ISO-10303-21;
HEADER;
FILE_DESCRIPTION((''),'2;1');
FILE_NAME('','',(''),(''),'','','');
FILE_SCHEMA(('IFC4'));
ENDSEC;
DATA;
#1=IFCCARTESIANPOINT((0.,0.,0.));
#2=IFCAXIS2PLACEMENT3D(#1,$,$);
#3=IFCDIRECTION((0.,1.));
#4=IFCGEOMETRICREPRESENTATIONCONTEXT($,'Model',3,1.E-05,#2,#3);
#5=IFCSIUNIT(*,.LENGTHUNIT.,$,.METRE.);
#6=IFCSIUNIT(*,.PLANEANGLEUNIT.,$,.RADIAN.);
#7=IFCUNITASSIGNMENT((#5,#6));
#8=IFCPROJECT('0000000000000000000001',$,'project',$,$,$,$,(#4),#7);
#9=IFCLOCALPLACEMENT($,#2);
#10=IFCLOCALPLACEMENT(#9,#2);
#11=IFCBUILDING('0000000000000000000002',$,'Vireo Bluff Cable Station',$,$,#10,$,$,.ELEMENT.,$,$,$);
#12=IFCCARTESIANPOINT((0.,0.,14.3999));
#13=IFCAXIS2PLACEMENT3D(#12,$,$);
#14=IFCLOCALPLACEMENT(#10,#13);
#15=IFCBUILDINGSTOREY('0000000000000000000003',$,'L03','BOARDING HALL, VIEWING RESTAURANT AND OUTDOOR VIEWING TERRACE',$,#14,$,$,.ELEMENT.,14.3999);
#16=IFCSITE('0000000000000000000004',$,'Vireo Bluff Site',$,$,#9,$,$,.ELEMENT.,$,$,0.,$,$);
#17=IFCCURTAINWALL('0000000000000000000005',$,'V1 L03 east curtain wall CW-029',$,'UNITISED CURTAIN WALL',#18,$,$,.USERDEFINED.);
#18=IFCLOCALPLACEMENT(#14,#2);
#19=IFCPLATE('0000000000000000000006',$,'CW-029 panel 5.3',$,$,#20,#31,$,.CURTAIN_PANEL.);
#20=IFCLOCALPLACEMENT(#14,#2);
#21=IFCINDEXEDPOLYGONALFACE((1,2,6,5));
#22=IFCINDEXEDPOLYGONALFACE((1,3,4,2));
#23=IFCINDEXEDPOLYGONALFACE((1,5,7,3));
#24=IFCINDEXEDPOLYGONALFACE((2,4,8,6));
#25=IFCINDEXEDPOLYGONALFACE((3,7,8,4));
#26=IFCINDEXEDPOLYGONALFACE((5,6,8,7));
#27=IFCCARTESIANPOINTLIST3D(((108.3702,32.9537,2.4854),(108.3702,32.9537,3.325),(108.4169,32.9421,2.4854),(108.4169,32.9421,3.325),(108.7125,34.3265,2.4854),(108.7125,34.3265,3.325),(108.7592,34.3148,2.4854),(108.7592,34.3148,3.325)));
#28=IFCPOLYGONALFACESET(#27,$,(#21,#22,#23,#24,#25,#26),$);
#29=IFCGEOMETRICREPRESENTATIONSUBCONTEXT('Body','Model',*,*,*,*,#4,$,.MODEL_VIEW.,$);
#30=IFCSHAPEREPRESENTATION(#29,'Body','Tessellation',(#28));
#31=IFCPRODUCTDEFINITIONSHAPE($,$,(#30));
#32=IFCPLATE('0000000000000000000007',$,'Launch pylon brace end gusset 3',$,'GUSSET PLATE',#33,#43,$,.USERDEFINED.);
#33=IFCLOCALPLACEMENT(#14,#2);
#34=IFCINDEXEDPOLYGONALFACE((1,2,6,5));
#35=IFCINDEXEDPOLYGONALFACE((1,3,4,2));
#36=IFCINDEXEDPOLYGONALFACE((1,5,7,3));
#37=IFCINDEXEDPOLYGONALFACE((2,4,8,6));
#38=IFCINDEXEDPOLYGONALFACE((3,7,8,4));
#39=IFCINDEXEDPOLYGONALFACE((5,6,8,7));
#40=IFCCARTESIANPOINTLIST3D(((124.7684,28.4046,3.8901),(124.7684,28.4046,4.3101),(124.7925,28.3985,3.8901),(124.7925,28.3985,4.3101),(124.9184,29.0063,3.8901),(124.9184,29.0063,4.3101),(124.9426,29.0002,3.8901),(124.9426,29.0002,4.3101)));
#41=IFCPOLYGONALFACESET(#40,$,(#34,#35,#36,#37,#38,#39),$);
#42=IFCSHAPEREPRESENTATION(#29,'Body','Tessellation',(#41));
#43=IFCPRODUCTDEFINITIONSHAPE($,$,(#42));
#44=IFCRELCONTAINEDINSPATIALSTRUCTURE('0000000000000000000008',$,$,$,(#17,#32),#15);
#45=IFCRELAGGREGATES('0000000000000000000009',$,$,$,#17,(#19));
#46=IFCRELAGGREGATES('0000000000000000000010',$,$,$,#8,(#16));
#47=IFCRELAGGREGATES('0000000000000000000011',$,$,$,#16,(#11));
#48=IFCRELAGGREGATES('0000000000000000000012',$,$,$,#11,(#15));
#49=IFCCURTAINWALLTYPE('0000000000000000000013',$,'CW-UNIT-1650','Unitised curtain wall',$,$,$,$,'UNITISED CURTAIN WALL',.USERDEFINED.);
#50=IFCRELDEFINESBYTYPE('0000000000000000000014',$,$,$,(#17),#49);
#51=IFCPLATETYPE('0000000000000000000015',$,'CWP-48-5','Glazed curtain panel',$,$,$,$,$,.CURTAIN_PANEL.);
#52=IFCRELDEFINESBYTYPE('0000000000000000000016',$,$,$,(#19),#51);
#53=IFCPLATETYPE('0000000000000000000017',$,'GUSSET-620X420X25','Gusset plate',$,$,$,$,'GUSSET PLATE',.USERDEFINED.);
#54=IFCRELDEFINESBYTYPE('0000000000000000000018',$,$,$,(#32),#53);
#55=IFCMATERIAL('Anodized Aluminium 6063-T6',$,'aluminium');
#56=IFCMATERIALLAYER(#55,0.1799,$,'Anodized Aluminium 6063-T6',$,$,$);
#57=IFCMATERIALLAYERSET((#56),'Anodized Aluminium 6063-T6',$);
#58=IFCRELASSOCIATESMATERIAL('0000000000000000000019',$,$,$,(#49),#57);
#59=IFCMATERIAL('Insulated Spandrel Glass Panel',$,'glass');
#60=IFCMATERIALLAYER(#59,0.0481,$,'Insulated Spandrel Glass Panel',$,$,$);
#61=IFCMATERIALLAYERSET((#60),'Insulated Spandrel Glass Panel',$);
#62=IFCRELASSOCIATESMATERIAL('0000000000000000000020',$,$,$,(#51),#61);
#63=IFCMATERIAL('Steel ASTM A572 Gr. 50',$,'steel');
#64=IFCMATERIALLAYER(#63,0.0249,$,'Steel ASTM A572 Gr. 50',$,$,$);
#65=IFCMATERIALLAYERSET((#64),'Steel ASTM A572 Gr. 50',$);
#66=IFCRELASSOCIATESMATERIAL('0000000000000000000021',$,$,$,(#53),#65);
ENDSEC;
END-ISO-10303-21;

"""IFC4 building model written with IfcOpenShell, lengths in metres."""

from ifc_helpers import new_model, si_unit, direction, frame, origin, origin_2d, place, context, subcontext, project, spatial, rectangle, extrude, material, layer, layer_set, type_object, element, aggregate, save


model = new_model("IFC4")

# Units and contexts
model_context = context("Model", 3, precision=1e-05, world=origin(), true_north=direction((0.0, 1.0)))
body_context = subcontext(model_context, "Body", "Model", "MODEL_VIEW")
ifc_project = project(units=[si_unit("LENGTHUNIT", "METRE"), si_unit("PLANEANGLEUNIT", "RADIAN")], contexts=[model_context])

# Site, building, storey
site_placement = place(None, origin())
site = spatial("IfcSite", under=ifc_project, at=site_placement, Name="Vireo Bluff Site", CompositionType="ELEMENT", RefElevation=0.0)
building_placement = place(site_placement, origin())
building = spatial("IfcBuilding", under=site, at=building_placement, Name="Vireo Bluff Cable Station", CompositionType="ELEMENT")
storey_placement = place(building_placement, frame((0.0, 0.0, 14.3999)))
storey = spatial("IfcBuildingStorey", under=building, at=storey_placement, Name="L03", Description="BOARDING HALL, VIEWING RESTAURANT AND OUTDOOR VIEWING TERRACE", CompositionType="ELEMENT", Elevation=14.3999)

# Curtain wall
ifc_material_1 = material(Name="Anodized Aluminium 6063-T6", Category="aluminium")
ifc_layer_1 = layer(ifc_material_1, 0.1799, Name="Anodized Aluminium 6063-T6")
ifc_layer_set_1 = layer_set([ifc_layer_1], Name="Anodized Aluminium 6063-T6")
curtain_wall_type_1 = type_object("IfcCurtainWallType", Name="CW-UNIT-1650", Description="Unitised curtain wall", ElementType="UNITISED CURTAIN WALL", PredefinedType="USERDEFINED", material=ifc_layer_set_1)
curtain_wall_1_placement = place(storey_placement, origin())
curtain_wall_1 = element("IfcCurtainWall", 1, at=curtain_wall_1_placement, inside=storey, type_object=curtain_wall_type_1, Name="V1 L03 east curtain wall CW-029", ObjectType="UNITISED CURTAIN WALL", PredefinedType="USERDEFINED")

# Plates
ifc_material_2 = material(Name="Insulated Spandrel Glass Panel", Category="glass")
ifc_layer_2 = layer(ifc_material_2, 0.0481, Name="Insulated Spandrel Glass Panel")
ifc_layer_set_2 = layer_set([ifc_layer_2], Name="Insulated Spandrel Glass Panel")
plate_type_1 = type_object("IfcPlateType", Name="CWP-48-5", Description="Glazed curtain panel", PredefinedType="CURTAIN_PANEL", material=ifc_layer_set_2)
plate_1_placement = place(storey_placement, frame((108.5647, 33.6343, 2.4854), z_axis=(0.0, 0.0, 1.0), x_axis=(-0.241922, -0.970296, 0.0)))
plate_1 = element("IfcPlate", 2, at=plate_1_placement, type_object=plate_type_1, Name="CW-029 panel 5.3", PredefinedType="CURTAIN_PANEL", context=body_context, shape_type="SweptSolid", body=[
    extrude(rectangle(XDim=1.4148, YDim=0.0481, at=origin_2d()), origin(), (0.0, 0.0, 1.0), 0.8396),
])
aggregate(curtain_wall_1, [plate_1])
ifc_material_3 = material(Name="Steel ASTM A572 Gr. 50", Category="steel")
ifc_layer_3 = layer(ifc_material_3, 0.0249, Name="Steel ASTM A572 Gr. 50")
ifc_layer_set_3 = layer_set([ifc_layer_3], Name="Steel ASTM A572 Gr. 50")
plate_type_2 = type_object("IfcPlateType", Name="GUSSET-620X420X25", Description="Gusset plate", ElementType="GUSSET PLATE", PredefinedType="USERDEFINED", material=ifc_layer_set_3)
plate_2_placement = place(storey_placement, frame((124.8555, 28.7024, 3.8901), z_axis=(0.0, 0.0, 1.0), x_axis=(0.970296, -0.241922, 0.0)))
element("IfcPlate", 3, at=plate_2_placement, inside=storey, type_object=plate_type_2, Name="Launch pylon brace end gusset 3", ObjectType="GUSSET PLATE", PredefinedType="USERDEFINED", context=body_context, shape_type="SweptSolid", body=[
    extrude(rectangle(XDim=0.0249, YDim=0.6201, at=origin_2d()), origin(), (0.0, 0.0, 1.0), 0.4199),
])

save(model, "model.ifc")
